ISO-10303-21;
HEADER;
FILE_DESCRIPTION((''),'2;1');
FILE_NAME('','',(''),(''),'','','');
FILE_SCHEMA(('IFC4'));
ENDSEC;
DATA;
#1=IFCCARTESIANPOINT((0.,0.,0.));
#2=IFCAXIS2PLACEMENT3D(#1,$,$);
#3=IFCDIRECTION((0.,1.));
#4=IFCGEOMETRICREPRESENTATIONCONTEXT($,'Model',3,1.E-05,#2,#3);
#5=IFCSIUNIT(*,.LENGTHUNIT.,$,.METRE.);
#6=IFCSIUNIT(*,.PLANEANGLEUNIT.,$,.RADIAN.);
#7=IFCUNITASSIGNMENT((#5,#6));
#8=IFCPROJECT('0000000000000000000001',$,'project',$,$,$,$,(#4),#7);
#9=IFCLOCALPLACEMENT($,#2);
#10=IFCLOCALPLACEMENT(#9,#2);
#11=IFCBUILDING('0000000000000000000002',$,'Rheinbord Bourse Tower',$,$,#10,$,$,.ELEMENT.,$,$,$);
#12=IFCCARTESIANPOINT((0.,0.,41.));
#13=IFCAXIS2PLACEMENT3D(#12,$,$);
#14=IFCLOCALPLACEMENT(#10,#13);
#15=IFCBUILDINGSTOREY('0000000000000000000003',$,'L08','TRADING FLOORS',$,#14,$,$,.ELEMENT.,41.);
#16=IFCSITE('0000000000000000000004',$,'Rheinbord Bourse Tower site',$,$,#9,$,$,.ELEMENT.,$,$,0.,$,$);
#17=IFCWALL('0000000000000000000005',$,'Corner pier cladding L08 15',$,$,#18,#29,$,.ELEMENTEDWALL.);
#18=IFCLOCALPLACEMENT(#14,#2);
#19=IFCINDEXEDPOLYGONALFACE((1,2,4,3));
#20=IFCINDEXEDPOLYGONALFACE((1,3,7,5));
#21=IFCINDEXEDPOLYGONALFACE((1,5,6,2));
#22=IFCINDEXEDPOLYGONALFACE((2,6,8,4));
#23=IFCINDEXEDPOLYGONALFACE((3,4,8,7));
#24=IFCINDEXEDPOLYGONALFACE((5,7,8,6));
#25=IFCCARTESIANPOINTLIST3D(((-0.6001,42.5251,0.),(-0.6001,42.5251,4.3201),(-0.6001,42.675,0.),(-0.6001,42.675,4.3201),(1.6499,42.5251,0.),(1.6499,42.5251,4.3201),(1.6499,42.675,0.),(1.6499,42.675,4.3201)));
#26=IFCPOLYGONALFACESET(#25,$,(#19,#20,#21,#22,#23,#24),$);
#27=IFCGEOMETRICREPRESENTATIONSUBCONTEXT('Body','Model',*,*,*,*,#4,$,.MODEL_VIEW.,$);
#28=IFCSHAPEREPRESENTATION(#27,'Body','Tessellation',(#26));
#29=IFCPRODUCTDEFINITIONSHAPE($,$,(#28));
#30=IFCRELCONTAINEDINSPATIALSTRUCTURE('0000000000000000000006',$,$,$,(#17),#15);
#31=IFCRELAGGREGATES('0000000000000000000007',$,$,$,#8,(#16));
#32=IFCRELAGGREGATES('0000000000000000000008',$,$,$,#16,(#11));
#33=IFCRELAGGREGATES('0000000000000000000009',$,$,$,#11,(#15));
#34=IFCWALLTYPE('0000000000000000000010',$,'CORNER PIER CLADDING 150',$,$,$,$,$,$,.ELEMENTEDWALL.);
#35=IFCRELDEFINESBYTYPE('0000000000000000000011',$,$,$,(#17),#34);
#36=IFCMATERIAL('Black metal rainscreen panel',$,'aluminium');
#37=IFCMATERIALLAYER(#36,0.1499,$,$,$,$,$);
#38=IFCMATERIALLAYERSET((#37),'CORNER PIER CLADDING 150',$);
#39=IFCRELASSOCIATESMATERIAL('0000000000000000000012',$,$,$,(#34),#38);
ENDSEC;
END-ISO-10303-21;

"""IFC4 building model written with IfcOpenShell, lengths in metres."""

from ifc_helpers import new_model, si_unit, direction, frame, frame_2d, origin, place, context, subcontext, project, spatial, rectangle, extrude, material, layer, layer_set, type_object, element, save


model = new_model("IFC4")

# Units and contexts
model_context = context("Model", 3, precision=1e-05, world=origin(), true_north=direction((0.0, 1.0)))
body_context = subcontext(model_context, "Body", "Model", "MODEL_VIEW")
ifc_project = project(units=[si_unit("LENGTHUNIT", "METRE"), si_unit("PLANEANGLEUNIT", "RADIAN")], contexts=[model_context])

# Site, building, storey
site_placement = place(None, origin())
site = spatial("IfcSite", under=ifc_project, at=site_placement, Name="Rheinbord Bourse Tower site", CompositionType="ELEMENT", RefElevation=0.0)
building_placement = place(site_placement, origin())
building = spatial("IfcBuilding", under=site, at=building_placement, Name="Rheinbord Bourse Tower", CompositionType="ELEMENT")
storey_placement = place(building_placement, frame((0.0, 0.0, 41.0)))
storey = spatial("IfcBuildingStorey", under=building, at=storey_placement, Name="L08", Description="TRADING FLOORS", CompositionType="ELEMENT", Elevation=41.0)

# Wall
ifc_material_1 = material(Name="Black metal rainscreen panel", Category="aluminium")
ifc_layer_1 = layer(ifc_material_1, 0.1499)
ifc_layer_set_1 = layer_set([ifc_layer_1], Name="CORNER PIER CLADDING 150")
wall_type = type_object("IfcWallType", Name="CORNER PIER CLADDING 150", PredefinedType="ELEMENTEDWALL", material=ifc_layer_set_1)
wall_1_placement = place(storey_placement, frame((1.6499, 42.6001, 0.0), z_axis=(0.0, 0.0, 1.0), x_axis=(-1.0, 0.0, 0.0)))
element("IfcWall", 1, at=wall_1_placement, inside=storey, type_object=wall_type, Name="Corner pier cladding L08 15", PredefinedType="ELEMENTEDWALL", context=body_context, shape_type="SweptSolid", body=[
    extrude(rectangle(XDim=2.25, YDim=0.1499, at=frame_2d((1.125, 0.0))), origin(), (0.0, 0.0, 1.0), 4.3201),
])

save(model, "model.ifc")
